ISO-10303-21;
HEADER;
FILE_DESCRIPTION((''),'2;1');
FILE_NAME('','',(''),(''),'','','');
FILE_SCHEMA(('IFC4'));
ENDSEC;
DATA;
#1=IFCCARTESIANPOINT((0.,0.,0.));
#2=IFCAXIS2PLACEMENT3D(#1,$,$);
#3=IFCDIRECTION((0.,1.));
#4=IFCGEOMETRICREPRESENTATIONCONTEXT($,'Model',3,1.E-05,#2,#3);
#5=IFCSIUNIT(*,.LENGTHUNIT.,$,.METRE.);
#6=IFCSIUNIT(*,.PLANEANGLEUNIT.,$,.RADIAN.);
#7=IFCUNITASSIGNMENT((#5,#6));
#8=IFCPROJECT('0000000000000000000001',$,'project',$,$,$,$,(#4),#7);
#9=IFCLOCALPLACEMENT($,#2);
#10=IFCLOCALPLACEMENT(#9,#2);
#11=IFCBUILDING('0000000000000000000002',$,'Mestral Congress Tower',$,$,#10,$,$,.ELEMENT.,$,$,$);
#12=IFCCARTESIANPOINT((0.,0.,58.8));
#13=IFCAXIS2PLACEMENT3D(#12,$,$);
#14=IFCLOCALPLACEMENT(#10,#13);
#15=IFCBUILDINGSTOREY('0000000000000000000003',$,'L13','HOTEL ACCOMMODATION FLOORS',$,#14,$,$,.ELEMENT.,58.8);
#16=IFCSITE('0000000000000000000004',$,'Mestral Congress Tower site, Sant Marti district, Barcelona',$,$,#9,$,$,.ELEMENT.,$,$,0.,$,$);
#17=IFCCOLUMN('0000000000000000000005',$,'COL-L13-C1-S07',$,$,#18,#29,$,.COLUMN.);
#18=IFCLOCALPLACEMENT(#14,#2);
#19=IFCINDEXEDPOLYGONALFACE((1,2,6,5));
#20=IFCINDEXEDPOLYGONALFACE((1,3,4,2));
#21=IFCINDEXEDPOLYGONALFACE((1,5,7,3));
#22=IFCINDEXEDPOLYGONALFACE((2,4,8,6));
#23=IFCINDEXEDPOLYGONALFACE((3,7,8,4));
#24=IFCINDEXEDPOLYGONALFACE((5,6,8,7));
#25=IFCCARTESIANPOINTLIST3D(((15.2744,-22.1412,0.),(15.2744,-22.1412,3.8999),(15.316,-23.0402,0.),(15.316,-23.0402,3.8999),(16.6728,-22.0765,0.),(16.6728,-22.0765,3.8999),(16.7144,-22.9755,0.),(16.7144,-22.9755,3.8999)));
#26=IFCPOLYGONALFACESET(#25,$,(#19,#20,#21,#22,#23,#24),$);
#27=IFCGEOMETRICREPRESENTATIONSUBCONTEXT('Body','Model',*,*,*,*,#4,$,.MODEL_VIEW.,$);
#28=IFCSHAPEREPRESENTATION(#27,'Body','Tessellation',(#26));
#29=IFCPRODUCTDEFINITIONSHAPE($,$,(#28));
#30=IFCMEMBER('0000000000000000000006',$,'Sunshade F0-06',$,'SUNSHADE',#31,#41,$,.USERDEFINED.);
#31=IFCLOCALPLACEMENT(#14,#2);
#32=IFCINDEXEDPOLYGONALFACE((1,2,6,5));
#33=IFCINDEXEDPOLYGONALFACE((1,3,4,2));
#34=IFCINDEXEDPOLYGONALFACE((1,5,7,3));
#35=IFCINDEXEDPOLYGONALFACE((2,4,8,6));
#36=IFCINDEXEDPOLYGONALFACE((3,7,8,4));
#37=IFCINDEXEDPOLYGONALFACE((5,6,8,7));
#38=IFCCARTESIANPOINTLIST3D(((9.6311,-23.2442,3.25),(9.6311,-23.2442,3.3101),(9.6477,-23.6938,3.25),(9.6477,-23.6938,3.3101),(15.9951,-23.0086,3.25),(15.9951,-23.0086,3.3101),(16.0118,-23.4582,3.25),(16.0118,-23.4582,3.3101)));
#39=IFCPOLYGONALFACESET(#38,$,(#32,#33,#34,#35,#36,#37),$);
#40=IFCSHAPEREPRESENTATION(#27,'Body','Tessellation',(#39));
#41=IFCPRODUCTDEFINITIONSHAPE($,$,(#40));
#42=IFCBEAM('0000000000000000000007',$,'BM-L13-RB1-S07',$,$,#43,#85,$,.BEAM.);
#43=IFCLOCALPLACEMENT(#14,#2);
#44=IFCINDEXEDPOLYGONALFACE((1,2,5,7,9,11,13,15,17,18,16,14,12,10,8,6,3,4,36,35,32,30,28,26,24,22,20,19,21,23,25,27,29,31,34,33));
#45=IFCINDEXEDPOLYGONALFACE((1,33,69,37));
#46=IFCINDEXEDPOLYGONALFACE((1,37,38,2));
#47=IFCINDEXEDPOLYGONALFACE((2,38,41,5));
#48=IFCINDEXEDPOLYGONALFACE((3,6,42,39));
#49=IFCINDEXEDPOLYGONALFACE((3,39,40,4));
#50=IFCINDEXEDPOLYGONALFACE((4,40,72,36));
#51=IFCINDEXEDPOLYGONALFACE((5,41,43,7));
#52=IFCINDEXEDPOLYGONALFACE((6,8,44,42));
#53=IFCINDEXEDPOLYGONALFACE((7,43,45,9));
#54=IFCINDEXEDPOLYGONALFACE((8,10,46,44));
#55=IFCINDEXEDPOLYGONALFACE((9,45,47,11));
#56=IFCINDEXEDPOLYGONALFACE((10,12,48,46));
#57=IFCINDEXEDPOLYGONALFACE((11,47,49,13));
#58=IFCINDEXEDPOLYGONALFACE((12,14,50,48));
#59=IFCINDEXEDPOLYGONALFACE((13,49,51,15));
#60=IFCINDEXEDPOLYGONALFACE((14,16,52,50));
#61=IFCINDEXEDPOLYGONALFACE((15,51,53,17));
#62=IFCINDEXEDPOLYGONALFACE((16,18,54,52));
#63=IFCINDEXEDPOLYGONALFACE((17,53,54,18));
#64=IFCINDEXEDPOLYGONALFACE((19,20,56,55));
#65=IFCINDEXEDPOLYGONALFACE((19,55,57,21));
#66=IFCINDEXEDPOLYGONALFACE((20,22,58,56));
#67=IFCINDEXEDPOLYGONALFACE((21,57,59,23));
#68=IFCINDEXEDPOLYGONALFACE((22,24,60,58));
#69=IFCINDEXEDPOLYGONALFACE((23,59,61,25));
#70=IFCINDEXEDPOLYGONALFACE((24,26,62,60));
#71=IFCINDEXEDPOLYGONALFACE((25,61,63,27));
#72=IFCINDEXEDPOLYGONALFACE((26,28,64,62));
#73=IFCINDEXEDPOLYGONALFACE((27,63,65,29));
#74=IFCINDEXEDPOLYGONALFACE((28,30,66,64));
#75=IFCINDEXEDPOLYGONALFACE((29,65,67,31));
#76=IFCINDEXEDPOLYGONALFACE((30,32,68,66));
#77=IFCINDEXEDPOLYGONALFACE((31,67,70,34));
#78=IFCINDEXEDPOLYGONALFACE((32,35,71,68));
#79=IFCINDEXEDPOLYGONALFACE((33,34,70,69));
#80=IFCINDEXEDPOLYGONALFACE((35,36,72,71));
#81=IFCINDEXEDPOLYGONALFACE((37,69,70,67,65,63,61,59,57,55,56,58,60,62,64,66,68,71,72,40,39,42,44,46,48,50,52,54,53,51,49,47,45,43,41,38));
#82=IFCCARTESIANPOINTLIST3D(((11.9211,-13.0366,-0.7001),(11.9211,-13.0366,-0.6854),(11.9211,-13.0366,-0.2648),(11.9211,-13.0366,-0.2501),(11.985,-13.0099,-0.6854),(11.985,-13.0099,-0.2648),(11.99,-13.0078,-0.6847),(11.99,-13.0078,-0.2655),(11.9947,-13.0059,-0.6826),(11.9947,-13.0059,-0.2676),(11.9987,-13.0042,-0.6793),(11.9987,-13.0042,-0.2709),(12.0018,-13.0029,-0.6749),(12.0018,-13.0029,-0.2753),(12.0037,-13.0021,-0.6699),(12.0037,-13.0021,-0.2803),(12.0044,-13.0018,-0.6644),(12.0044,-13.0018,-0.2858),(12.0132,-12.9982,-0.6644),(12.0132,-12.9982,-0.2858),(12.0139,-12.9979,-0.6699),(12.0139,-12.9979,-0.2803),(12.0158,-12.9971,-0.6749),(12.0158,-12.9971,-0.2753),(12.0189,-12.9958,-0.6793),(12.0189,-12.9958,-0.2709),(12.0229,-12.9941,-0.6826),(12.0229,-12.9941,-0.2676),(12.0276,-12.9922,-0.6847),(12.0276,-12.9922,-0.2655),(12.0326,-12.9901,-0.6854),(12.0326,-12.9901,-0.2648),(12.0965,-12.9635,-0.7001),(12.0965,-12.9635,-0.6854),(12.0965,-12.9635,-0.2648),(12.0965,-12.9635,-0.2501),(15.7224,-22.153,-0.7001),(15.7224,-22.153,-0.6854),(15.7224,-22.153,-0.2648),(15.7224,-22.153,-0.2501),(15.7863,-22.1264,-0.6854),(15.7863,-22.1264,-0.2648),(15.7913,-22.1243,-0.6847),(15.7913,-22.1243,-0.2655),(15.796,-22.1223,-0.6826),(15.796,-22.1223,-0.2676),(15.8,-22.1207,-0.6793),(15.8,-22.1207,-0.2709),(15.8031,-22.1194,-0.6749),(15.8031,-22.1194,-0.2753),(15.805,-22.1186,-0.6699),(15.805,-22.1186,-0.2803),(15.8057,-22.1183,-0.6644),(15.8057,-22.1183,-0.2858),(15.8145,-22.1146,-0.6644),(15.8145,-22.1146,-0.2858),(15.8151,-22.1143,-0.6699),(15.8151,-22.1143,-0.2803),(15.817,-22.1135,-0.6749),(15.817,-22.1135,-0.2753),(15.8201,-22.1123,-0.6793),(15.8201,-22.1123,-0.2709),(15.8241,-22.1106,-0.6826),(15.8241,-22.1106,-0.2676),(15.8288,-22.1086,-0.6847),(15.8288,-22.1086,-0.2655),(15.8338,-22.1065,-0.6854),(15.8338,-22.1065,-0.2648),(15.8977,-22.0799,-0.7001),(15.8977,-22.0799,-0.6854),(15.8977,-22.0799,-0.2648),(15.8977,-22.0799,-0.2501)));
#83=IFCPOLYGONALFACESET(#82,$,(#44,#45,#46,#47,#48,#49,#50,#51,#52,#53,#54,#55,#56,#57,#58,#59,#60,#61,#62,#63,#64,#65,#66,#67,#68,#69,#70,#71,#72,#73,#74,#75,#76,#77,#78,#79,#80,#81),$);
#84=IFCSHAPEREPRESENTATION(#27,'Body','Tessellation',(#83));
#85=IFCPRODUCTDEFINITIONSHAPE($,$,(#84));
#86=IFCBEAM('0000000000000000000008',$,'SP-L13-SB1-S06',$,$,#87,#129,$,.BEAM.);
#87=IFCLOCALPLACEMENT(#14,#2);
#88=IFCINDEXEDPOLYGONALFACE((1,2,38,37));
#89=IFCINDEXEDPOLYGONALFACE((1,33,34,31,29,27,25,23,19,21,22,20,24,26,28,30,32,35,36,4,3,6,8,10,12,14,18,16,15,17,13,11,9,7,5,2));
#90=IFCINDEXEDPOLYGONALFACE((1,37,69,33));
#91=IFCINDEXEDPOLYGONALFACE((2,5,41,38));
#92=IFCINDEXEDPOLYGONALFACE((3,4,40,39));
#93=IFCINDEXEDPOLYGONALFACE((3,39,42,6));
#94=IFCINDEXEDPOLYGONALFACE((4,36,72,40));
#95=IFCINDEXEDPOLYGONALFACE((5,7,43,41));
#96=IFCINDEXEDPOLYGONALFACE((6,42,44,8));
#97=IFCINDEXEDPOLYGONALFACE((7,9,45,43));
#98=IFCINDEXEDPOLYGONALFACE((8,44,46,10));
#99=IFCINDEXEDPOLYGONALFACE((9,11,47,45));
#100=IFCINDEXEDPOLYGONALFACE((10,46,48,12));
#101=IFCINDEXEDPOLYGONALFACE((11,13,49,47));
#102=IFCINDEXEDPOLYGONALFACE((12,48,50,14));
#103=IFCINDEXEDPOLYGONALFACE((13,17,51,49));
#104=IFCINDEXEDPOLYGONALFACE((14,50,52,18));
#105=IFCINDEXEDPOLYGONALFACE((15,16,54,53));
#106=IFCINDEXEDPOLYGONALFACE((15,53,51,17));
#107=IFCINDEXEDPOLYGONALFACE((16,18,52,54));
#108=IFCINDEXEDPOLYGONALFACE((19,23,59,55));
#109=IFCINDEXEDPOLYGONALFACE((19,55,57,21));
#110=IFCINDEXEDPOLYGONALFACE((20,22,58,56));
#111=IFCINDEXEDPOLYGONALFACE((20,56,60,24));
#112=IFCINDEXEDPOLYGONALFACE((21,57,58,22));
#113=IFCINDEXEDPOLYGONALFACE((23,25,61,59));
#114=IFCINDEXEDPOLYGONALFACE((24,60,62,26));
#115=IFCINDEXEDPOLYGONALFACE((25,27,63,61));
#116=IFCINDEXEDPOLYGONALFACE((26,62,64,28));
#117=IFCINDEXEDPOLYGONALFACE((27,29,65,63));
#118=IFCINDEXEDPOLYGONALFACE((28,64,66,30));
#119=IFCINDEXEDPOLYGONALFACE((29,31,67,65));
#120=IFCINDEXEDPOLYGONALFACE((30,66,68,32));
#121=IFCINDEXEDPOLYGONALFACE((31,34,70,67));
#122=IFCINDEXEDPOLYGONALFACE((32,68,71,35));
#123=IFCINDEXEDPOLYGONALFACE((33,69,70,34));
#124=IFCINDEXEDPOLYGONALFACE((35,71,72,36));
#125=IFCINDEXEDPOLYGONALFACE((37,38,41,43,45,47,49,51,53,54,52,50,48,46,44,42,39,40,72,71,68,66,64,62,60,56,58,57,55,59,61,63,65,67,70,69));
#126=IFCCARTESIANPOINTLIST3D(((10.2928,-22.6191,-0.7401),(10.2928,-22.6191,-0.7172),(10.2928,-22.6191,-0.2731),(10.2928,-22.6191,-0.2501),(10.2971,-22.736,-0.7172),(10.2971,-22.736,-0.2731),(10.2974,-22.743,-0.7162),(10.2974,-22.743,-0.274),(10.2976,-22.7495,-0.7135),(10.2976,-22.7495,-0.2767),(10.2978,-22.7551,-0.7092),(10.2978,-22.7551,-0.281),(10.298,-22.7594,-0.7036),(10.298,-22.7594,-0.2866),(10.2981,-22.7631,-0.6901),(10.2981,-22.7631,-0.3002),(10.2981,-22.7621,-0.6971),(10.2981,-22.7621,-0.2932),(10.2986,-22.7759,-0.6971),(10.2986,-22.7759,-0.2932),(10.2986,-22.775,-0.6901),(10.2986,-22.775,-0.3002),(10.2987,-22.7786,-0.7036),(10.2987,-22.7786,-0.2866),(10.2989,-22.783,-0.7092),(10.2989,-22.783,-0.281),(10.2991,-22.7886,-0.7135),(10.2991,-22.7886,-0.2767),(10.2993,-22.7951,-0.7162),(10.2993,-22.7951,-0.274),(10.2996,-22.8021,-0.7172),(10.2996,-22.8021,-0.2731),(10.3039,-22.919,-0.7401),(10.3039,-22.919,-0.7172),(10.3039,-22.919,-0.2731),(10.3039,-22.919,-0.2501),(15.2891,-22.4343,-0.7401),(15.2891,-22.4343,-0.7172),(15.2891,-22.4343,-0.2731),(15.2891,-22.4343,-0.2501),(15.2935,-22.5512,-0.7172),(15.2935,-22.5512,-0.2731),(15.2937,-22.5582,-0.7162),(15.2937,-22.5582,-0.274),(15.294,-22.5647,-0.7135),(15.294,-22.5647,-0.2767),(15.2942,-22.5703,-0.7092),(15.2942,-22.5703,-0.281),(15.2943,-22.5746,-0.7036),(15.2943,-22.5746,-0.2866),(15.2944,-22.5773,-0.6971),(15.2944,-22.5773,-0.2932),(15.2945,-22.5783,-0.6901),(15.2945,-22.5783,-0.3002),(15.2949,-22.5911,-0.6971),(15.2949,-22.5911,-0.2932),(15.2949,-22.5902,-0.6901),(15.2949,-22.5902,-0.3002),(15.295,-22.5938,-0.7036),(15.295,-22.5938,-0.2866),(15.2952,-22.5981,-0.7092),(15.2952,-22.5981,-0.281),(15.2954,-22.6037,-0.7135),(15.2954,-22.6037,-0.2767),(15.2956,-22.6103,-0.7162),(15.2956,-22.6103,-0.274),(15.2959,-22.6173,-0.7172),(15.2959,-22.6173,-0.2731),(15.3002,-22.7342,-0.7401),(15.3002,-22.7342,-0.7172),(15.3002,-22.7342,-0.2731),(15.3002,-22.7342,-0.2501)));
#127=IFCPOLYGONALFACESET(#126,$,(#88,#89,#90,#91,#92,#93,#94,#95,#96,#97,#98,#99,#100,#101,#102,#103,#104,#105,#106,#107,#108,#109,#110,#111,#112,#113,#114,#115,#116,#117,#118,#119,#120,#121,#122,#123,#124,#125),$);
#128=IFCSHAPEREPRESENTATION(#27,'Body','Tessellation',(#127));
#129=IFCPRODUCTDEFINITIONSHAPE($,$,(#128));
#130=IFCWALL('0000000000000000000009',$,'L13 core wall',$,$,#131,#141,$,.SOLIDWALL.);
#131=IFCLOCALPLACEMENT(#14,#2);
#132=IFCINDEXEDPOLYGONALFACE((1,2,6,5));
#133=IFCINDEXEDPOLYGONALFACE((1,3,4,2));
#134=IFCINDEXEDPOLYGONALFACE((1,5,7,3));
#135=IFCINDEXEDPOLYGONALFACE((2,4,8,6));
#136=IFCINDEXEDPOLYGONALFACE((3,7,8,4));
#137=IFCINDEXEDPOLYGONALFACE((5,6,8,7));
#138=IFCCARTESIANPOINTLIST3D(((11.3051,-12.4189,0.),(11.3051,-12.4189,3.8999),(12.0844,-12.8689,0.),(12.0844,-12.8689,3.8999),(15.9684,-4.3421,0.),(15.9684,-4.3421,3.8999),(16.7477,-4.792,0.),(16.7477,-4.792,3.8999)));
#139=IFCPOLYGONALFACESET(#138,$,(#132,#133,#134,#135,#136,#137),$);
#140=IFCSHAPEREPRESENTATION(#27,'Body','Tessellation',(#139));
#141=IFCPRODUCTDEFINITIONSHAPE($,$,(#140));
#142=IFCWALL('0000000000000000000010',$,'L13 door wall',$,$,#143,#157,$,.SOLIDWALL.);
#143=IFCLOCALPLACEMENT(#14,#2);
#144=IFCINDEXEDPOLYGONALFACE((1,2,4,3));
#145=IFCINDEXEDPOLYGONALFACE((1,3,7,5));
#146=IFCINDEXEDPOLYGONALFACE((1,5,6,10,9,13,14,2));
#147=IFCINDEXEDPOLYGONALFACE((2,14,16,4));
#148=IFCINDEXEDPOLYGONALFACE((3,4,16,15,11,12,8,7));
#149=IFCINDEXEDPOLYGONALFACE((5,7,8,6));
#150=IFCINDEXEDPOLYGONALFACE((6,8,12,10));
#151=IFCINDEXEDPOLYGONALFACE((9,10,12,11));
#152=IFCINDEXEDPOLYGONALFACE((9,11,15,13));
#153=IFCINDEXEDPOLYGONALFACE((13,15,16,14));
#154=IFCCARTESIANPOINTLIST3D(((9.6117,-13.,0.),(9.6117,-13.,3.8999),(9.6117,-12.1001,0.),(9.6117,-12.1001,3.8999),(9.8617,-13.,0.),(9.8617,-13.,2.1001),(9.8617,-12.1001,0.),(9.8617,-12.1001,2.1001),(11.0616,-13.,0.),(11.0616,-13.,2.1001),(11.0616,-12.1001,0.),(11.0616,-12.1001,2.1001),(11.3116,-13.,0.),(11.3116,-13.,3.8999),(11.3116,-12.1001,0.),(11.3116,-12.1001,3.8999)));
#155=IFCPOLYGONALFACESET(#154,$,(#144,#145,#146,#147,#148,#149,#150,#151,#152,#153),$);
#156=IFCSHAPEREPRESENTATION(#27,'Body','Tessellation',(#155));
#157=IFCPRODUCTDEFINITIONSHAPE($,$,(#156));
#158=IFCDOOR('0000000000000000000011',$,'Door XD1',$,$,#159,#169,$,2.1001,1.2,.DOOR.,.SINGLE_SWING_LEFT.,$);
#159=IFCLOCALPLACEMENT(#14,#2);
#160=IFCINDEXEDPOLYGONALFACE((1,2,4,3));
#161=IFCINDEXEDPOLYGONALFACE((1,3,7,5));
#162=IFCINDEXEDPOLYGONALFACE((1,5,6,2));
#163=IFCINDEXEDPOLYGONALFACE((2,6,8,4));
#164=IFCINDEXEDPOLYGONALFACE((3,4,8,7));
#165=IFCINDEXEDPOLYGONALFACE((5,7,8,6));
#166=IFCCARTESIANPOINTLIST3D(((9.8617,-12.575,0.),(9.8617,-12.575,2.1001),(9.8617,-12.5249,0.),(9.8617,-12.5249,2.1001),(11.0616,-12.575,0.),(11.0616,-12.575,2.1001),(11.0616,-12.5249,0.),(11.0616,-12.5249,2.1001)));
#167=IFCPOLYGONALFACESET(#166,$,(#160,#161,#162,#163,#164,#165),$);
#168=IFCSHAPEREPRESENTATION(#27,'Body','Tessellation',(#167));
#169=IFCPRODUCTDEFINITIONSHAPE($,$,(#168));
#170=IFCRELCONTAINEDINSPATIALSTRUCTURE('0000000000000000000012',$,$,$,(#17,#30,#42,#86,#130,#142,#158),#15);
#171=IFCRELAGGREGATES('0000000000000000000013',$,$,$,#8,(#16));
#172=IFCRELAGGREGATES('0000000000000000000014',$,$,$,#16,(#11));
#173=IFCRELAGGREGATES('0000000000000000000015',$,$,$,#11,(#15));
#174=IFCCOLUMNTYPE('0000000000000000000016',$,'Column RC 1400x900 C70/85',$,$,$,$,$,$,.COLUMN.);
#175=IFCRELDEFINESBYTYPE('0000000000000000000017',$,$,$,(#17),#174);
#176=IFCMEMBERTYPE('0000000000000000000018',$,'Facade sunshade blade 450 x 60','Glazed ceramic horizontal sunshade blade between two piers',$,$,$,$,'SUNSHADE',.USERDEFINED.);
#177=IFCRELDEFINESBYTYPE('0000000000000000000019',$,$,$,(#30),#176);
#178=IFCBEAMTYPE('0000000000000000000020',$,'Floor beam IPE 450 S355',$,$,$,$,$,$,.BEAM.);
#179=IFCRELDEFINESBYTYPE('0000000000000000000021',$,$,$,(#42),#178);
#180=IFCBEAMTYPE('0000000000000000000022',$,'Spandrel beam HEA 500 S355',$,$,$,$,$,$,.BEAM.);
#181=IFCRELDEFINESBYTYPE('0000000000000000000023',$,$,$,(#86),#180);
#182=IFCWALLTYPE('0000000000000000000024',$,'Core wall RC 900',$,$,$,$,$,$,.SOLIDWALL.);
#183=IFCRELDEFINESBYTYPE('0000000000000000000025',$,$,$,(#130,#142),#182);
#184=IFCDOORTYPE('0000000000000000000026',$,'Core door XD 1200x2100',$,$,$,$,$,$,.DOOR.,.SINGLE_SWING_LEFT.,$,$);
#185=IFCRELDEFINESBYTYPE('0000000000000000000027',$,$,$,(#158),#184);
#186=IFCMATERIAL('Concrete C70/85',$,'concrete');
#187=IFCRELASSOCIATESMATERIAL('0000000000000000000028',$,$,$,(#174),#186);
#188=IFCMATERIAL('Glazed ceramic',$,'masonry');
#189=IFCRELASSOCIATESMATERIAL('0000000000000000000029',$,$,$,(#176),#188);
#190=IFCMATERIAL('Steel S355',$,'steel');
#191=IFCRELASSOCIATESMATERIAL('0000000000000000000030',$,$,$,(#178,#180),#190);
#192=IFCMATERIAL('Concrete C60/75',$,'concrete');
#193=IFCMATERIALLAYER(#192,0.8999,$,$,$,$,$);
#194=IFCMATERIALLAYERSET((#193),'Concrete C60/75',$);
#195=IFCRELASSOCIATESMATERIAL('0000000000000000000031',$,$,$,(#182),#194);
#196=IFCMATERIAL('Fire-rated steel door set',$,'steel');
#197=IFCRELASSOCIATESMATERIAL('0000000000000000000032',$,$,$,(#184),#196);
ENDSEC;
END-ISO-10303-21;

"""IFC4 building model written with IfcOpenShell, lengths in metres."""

from ifc_helpers import new_model, si_unit, direction, frame, frame_2d, origin, origin_2d, place, context, subcontext, project, spatial, rectangle, i_section, extrude, material, layer, layer_set, material_profile, profile_set, type_object, element, fill, save


model = new_model("IFC4")

# Units and contexts
model_context = context("Model", 3, precision=1e-05, world=origin(), true_north=direction((0.0, 1.0)))
body_context = subcontext(model_context, "Body", "Model", "MODEL_VIEW")
ifc_project = project(units=[si_unit("LENGTHUNIT", "METRE"), si_unit("PLANEANGLEUNIT", "RADIAN")], contexts=[model_context])

# Site, building, storey
site_placement = place(None, origin())
site = spatial("IfcSite", under=ifc_project, at=site_placement, Name="Mestral Congress Tower site, Sant Marti district, Barcelona", CompositionType="ELEMENT", RefElevation=0.0)
building_placement = place(site_placement, origin())
building = spatial("IfcBuilding", under=site, at=building_placement, Name="Mestral Congress Tower", CompositionType="ELEMENT")
storey_placement = place(building_placement, frame((0.0, 0.0, 58.8)))
storey = spatial("IfcBuildingStorey", under=building, at=storey_placement, Name="L13", Description="HOTEL ACCOMMODATION FLOORS", CompositionType="ELEMENT", Elevation=58.8)

# Column
ifc_material_1 = material(Name="Concrete C70/85", Category="concrete")
ifc_material_profile_1 = material_profile(ifc_material_1, rectangle(XDim=1.3999, YDim=0.8999, at=origin_2d()), Name="RC 1400x900")
ifc_profile_set_1 = profile_set([ifc_material_profile_1], Name="Concrete C70/85")
column_type = type_object("IfcColumnType", Name="Column RC 1400x900 C70/85", PredefinedType="COLUMN", material=ifc_profile_set_1)
column_placement = place(storey_placement, frame((15.9944, -22.5583, 0.0), z_axis=(0.0, 0.0, 1.0), x_axis=(0.998932, 0.0462, 0.0)))
element("IfcColumn", 1, at=column_placement, inside=storey, type_object=column_type, Name="COL-L13-C1-S07", PredefinedType="COLUMN", context=body_context, shape_type="SweptSolid", body=[
    extrude(rectangle(XDim=1.3999, YDim=0.8999, at=origin_2d()), origin(), (0.0, 0.0, 1.0), 3.8999),
])

# Member
ifc_material_2 = material(Name="Glazed ceramic", Category="masonry")
ifc_material_profile_2 = material_profile(ifc_material_2, rectangle(XDim=0.45, YDim=0.0601, at=origin_2d()), Name="Ceramic blade 450 x 60")
ifc_profile_set_2 = profile_set([ifc_material_profile_2], Name="Glazed ceramic")
member_type = type_object("IfcMemberType", Name="Facade sunshade blade 450 x 60", Description="Glazed ceramic horizontal sunshade blade between two piers", ElementType="SUNSHADE", PredefinedType="USERDEFINED", material=ifc_profile_set_2)
member_placement = place(storey_placement, frame((9.6394, -23.469, 3.28), z_axis=(0.999315, 0.036995, 0.0), x_axis=(-0.036995, 0.999315, 0.0)))
element("IfcMember", 2, at=member_placement, inside=storey, type_object=member_type, Name="Sunshade F0-06", ObjectType="SUNSHADE", PredefinedType="USERDEFINED", context=body_context, shape_type="SweptSolid", body=[
    extrude(rectangle(XDim=0.45, YDim=0.0601, at=origin_2d()), origin(), (0.0, 0.0, 1.0), 6.3684),
])

# Beams
ifc_material_3 = material(Name="Steel S355", Category="steel")
ifc_material_profile_3 = material_profile(ifc_material_3, i_section(OverallWidth=0.1899, OverallDepth=0.45, WebThickness=0.0095, FlangeThickness=0.0146, FilletRadius=0.021, at=origin_2d()), Name="IPE 450")
ifc_profile_set_3 = profile_set([ifc_material_profile_3], Name="Steel S355")
beam_type_1 = type_object("IfcBeamType", Name="Floor beam IPE 450 S355", PredefinedType="BEAM", material=ifc_profile_set_3)
beam_1_placement = place(storey_placement, frame((15.8101, -22.1165, -0.4751), z_axis=(-0.384852, 0.922978, 0.0), x_axis=(-0.922978, -0.384852, 0.0)))
element("IfcBeam", 3, at=beam_1_placement, inside=storey, type_object=beam_type_1, Name="BM-L13-RB1-S07", PredefinedType="BEAM", context=body_context, shape_type="SweptSolid", body=[
    extrude(i_section(OverallWidth=0.1899, OverallDepth=0.45, WebThickness=0.0095, FlangeThickness=0.0146, FilletRadius=0.021, at=origin_2d()), origin(), (0.0, 0.0, 1.0), 9.8772),
])
ifc_material_profile_4 = material_profile(ifc_material_3, i_section(OverallWidth=0.3, OverallDepth=0.49, WebThickness=0.012, FlangeThickness=0.0229, FilletRadius=0.0271, at=origin_2d()), Name="HEA 500")
ifc_profile_set_4 = profile_set([ifc_material_profile_4], Name="Steel S355")
beam_type_2 = type_object("IfcBeamType", Name="Spandrel beam HEA 500 S355", PredefinedType="BEAM", material=ifc_profile_set_4)
beam_2_placement = place(storey_placement, frame((10.2983, -22.769, -0.4951), z_axis=(0.999317, 0.036965, 0.0), x_axis=(-0.036965, 0.999317, 0.0)))
element("IfcBeam", 4, at=beam_2_placement, inside=storey, type_object=beam_type_2, Name="SP-L13-SB1-S06", PredefinedType="BEAM", context=body_context, shape_type="SweptSolid", body=[
    extrude(i_section(OverallWidth=0.3, OverallDepth=0.49, WebThickness=0.012, FlangeThickness=0.0229, FilletRadius=0.0271, at=origin_2d()), origin(), (0.0, 0.0, 1.0), 4.9998),
])

# Wall
ifc_material_4 = material(Name="Concrete C60/75", Category="concrete")
ifc_layer_1 = layer(ifc_material_4, 0.8999)
ifc_layer_set_1 = layer_set([ifc_layer_1], Name="Concrete C60/75")
wall_type_1 = type_object("IfcWallType", Name="Core wall RC 900", PredefinedType="SOLIDWALL", material=ifc_layer_set_1)
wall_1_placement = place(storey_placement, frame((11.6948, -12.6438, 0.0), z_axis=(0.0, 0.0, 1.0), x_axis=(0.50001, 0.866019, 0.0)))
element("IfcWall", 5, at=wall_1_placement, inside=storey, type_object=wall_type_1, Name="L13 core wall", PredefinedType="SOLIDWALL", context=body_context, shape_type="SweptSolid", body=[
    extrude(rectangle(XDim=9.3264, YDim=0.8999, at=frame_2d((4.6631, 0.0))), origin(), (0.0, 0.0, 1.0), 3.8999),
])

# Wall, opening, door
wall_2_placement = place(storey_placement, frame((11.3118, -12.55, 0.0), z_axis=(0.0, 0.0, 1.0), x_axis=(-1.0, 0.0, 0.0)))
wall_2 = element("IfcWall", 6, at=wall_2_placement, inside=storey, type_object=wall_type_1, Name="L13 door wall", PredefinedType="SOLIDWALL", context=body_context, shape_type="SweptSolid", body=[
    extrude(rectangle(XDim=1.7, YDim=0.8999, at=frame_2d((0.8501, 0.0))), origin(), (0.0, 0.0, 1.0), 3.8999),
])
opening_1_placement = place(wall_2_placement, frame((0.25, 0.0, 0.0)))
opening_1 = element("IfcOpeningElement", 7, at=opening_1_placement, cuts=wall_2, PredefinedType="OPENING", context=body_context, shape_type="SweptSolid", body=[
    extrude(rectangle(XDim=1.2, YDim=2.1001, at=frame_2d((0.6001, 1.05))), frame((0.0, 0.46, 0.0), z_axis=(0.0, -1.0, 0.0), x_axis=(1.0, 0.0, 0.0)), (0.0, 0.0, 1.0), 0.9199),
])
ifc_material_5 = material(Name="Fire-rated steel door set", Category="steel")
door_type_1 = type_object("IfcDoorType", Name="Core door XD 1200x2100", OperationType="SINGLE_SWING_LEFT", PredefinedType="DOOR", material=ifc_material_5)
door_1_placement = place(opening_1_placement, origin())
door_1 = element("IfcDoor", 8, at=door_1_placement, inside=storey, type_object=door_type_1, Name="Door XD1", OperationType="SINGLE_SWING_LEFT", OverallHeight=2.1001, OverallWidth=1.2, PredefinedType="DOOR", context=body_context, shape_type="SweptSolid", body=[
    extrude(rectangle(XDim=1.2, YDim=2.1001, at=frame_2d((0.6001, 1.05))), frame((0.0, 0.0249, 0.0), z_axis=(0.0, -1.0, 0.0), x_axis=(1.0, 0.0, 0.0)), (0.0, 0.0, 1.0), 0.05),
])
fill(opening_1, door_1)

save(model, "model.ifc")
